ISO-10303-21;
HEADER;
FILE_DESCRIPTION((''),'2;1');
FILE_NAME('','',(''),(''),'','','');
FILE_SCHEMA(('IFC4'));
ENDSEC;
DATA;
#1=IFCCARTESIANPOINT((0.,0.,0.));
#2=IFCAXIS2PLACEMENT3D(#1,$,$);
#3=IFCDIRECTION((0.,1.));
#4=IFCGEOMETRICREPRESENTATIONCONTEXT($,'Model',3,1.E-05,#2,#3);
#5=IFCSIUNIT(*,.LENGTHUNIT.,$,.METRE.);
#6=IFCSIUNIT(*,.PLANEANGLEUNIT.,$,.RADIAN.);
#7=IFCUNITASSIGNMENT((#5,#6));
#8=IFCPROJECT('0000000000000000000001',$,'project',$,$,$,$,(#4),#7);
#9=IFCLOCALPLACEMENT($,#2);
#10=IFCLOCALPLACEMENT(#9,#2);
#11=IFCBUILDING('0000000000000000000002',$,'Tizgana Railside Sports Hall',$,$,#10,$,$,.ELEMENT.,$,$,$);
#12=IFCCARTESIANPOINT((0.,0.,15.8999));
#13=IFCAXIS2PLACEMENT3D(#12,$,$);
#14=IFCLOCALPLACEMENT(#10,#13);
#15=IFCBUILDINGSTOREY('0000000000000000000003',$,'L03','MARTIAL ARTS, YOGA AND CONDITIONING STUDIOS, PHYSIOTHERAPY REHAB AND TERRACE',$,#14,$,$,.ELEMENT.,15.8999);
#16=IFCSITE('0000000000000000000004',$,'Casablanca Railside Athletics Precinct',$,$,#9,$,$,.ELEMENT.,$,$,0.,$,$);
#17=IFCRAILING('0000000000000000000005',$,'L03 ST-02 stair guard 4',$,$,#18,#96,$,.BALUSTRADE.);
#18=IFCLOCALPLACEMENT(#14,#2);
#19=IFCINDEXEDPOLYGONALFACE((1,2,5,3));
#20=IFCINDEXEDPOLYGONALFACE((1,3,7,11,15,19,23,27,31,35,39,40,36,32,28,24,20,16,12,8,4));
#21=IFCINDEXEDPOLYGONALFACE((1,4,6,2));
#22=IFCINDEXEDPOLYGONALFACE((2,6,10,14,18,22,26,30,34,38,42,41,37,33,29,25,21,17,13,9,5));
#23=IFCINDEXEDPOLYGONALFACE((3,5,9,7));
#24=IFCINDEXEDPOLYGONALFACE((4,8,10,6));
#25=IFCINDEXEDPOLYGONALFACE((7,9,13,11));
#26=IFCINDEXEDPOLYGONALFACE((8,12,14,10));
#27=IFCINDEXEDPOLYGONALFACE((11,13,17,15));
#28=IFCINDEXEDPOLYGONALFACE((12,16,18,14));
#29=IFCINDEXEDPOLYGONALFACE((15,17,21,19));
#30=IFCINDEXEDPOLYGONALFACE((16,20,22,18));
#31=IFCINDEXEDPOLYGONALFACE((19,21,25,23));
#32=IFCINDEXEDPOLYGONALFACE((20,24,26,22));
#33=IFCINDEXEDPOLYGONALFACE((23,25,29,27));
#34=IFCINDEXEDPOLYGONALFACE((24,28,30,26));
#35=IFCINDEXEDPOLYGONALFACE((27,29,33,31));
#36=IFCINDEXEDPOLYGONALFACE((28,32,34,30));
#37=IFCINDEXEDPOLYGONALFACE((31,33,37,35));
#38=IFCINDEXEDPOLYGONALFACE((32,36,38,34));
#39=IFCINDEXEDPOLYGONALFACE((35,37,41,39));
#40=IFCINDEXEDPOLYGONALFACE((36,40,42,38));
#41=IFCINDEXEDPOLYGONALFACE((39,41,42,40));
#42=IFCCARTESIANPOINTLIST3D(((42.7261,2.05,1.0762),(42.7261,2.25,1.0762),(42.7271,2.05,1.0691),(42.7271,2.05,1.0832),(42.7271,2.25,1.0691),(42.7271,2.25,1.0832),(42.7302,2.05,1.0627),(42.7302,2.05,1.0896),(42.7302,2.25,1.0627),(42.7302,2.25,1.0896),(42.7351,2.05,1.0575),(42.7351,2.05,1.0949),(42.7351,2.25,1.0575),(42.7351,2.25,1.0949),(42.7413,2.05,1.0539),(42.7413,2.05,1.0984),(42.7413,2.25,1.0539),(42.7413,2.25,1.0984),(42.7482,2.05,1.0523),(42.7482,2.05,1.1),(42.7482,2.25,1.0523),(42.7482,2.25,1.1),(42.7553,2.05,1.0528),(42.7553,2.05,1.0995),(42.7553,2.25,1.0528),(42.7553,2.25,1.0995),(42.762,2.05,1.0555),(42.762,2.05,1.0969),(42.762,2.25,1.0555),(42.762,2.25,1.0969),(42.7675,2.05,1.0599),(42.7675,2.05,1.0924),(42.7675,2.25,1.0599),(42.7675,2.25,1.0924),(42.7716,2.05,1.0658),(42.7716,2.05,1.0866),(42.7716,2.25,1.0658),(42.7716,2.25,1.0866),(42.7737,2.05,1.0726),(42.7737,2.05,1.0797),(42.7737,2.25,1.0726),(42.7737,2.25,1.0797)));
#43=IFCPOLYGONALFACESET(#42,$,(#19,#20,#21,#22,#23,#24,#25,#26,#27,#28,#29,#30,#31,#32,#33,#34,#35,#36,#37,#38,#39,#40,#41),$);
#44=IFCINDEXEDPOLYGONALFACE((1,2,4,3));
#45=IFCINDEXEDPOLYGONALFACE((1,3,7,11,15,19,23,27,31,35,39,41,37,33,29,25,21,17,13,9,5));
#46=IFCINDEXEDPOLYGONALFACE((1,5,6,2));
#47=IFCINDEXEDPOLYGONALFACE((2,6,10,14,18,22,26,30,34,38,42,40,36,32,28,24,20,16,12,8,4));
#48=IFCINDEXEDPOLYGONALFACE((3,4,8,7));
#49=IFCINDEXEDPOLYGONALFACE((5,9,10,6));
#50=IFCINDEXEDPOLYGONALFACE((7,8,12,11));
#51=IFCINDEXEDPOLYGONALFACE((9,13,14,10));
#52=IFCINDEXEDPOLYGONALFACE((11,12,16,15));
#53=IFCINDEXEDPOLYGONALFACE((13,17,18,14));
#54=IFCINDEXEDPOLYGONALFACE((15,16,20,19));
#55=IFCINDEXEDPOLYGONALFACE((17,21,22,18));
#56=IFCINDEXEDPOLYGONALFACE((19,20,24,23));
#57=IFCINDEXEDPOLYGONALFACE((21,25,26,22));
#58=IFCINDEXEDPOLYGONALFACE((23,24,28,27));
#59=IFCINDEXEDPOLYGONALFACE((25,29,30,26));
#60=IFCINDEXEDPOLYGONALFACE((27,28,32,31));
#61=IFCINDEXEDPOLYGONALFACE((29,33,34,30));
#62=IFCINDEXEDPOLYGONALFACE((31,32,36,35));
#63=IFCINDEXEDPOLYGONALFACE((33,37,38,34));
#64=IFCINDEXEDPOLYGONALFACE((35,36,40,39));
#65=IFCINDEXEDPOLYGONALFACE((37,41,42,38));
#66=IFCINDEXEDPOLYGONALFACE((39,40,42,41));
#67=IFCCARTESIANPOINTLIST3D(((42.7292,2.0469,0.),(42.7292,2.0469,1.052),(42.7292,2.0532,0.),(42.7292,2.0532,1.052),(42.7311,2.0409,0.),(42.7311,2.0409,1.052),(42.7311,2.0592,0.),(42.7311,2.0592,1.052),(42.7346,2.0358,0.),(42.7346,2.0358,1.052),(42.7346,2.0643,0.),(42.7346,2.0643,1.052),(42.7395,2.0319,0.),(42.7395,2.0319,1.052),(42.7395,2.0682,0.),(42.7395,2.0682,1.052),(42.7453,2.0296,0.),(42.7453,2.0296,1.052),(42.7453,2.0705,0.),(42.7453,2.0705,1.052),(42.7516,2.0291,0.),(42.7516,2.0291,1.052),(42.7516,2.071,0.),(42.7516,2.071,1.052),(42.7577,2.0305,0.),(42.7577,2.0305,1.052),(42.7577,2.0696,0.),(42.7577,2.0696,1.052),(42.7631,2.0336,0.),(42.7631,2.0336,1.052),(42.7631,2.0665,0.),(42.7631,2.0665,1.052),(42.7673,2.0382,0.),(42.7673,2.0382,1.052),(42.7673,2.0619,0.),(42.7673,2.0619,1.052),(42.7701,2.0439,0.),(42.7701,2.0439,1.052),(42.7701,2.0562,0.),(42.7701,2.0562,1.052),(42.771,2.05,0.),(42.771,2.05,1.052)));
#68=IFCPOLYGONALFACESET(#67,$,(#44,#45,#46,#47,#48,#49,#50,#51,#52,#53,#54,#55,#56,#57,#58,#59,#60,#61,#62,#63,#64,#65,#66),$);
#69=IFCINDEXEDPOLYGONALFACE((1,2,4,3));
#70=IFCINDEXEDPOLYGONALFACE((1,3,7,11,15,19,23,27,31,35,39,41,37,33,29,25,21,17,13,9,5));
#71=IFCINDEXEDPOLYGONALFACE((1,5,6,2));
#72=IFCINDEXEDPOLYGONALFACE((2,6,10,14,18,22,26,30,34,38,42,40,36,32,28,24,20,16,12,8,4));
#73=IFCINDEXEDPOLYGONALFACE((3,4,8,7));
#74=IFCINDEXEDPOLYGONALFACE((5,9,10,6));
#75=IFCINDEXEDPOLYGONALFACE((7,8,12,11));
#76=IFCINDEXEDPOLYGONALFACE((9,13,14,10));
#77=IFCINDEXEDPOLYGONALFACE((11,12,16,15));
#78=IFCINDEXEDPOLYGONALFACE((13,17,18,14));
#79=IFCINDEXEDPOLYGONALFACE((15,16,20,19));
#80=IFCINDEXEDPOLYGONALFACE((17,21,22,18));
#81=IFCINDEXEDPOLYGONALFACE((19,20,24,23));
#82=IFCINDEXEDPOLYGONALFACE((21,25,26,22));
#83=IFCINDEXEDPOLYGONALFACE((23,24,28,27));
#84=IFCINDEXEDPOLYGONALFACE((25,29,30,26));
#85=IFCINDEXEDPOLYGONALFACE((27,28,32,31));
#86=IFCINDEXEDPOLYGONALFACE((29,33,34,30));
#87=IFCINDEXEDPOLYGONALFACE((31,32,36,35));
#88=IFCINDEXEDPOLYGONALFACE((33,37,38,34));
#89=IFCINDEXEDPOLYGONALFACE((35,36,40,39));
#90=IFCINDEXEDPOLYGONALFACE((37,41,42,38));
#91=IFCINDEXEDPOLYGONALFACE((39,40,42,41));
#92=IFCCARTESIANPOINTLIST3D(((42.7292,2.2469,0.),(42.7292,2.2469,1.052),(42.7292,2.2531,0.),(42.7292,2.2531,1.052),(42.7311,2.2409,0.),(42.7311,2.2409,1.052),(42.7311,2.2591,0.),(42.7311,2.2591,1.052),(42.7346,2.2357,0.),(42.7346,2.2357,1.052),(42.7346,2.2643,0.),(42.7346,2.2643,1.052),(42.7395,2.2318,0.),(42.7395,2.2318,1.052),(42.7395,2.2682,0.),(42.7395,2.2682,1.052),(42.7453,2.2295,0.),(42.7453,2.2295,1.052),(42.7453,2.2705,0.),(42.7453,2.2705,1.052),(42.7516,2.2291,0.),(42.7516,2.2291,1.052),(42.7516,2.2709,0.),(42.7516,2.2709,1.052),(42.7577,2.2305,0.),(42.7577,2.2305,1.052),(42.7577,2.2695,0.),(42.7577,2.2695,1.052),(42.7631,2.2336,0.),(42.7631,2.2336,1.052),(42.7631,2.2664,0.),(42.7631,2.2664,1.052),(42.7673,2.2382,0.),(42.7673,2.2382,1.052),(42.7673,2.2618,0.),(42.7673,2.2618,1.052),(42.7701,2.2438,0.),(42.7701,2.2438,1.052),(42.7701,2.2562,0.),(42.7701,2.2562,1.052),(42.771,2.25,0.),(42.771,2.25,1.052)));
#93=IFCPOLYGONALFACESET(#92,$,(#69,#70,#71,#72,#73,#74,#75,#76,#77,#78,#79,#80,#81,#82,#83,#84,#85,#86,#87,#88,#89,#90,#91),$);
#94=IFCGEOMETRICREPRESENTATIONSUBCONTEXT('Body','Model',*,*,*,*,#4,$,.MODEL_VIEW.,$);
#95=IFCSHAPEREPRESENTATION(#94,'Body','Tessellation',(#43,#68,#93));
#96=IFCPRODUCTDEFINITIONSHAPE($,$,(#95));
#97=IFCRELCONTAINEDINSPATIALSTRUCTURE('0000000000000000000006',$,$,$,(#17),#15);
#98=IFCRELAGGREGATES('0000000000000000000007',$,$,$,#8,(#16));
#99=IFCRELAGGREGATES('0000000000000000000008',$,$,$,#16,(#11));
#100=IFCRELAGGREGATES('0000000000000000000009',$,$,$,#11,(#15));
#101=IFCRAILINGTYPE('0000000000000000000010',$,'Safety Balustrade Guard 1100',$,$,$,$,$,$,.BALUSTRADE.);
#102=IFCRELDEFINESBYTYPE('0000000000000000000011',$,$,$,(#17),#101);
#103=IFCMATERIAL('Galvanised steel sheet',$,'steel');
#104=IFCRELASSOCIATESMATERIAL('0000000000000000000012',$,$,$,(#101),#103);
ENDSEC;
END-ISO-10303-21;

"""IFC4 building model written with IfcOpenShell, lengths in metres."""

from ifc_helpers import new_model, si_unit, direction, frame, origin, origin_2d, place, context, subcontext, project, spatial, circle, extrude, material, type_object, element, save


model = new_model("IFC4")

# Units and contexts
model_context = context("Model", 3, precision=1e-05, world=origin(), true_north=direction((0.0, 1.0)))
body_context = subcontext(model_context, "Body", "Model", "MODEL_VIEW")
ifc_project = project(units=[si_unit("LENGTHUNIT", "METRE"), si_unit("PLANEANGLEUNIT", "RADIAN")], contexts=[model_context])

# Site, building, storey
site_placement = place(None, origin())
site = spatial("IfcSite", under=ifc_project, at=site_placement, Name="Casablanca Railside Athletics Precinct", CompositionType="ELEMENT", RefElevation=0.0)
building_placement = place(site_placement, origin())
building = spatial("IfcBuilding", under=site, at=building_placement, Name="Tizgana Railside Sports Hall", CompositionType="ELEMENT")
storey_placement = place(building_placement, frame((0.0, 0.0, 15.8999)))
storey = spatial("IfcBuildingStorey", under=building, at=storey_placement, Name="L03", Description="MARTIAL ARTS, YOGA AND CONDITIONING STUDIOS, PHYSIOTHERAPY REHAB AND TERRACE", CompositionType="ELEMENT", Elevation=15.8999)

# Railing
ifc_material_1 = material(Name="Galvanised steel sheet", Category="steel")
railing_type_1 = type_object("IfcRailingType", Name="Safety Balustrade Guard 1100", PredefinedType="BALUSTRADE", material=ifc_material_1)
railing_1_placement = place(storey_placement, frame((42.75, 2.05, 0.0)))
element("IfcRailing", 1, at=railing_1_placement, inside=storey, type_object=railing_type_1, Name="L03 ST-02 stair guard 4", PredefinedType="BALUSTRADE", context=body_context, shape_type="SweptSolid", body=[
    extrude(circle(Radius=0.0239, at=origin_2d()), frame((0.0, 0.0, 1.0762), z_axis=(0.0, 1.0, 0.0), x_axis=(-1.0, 0.0, 0.0)), (0.0, 0.0, 1.0), 0.2),
    extrude(circle(Radius=0.021, at=origin_2d()), origin(), (0.0, 0.0, 1.0), 1.052),
    extrude(circle(Radius=0.021, at=origin_2d()), frame((0.0, 0.2, 0.0)), (0.0, 0.0, 1.0), 1.052),
])

save(model, "model.ifc")
